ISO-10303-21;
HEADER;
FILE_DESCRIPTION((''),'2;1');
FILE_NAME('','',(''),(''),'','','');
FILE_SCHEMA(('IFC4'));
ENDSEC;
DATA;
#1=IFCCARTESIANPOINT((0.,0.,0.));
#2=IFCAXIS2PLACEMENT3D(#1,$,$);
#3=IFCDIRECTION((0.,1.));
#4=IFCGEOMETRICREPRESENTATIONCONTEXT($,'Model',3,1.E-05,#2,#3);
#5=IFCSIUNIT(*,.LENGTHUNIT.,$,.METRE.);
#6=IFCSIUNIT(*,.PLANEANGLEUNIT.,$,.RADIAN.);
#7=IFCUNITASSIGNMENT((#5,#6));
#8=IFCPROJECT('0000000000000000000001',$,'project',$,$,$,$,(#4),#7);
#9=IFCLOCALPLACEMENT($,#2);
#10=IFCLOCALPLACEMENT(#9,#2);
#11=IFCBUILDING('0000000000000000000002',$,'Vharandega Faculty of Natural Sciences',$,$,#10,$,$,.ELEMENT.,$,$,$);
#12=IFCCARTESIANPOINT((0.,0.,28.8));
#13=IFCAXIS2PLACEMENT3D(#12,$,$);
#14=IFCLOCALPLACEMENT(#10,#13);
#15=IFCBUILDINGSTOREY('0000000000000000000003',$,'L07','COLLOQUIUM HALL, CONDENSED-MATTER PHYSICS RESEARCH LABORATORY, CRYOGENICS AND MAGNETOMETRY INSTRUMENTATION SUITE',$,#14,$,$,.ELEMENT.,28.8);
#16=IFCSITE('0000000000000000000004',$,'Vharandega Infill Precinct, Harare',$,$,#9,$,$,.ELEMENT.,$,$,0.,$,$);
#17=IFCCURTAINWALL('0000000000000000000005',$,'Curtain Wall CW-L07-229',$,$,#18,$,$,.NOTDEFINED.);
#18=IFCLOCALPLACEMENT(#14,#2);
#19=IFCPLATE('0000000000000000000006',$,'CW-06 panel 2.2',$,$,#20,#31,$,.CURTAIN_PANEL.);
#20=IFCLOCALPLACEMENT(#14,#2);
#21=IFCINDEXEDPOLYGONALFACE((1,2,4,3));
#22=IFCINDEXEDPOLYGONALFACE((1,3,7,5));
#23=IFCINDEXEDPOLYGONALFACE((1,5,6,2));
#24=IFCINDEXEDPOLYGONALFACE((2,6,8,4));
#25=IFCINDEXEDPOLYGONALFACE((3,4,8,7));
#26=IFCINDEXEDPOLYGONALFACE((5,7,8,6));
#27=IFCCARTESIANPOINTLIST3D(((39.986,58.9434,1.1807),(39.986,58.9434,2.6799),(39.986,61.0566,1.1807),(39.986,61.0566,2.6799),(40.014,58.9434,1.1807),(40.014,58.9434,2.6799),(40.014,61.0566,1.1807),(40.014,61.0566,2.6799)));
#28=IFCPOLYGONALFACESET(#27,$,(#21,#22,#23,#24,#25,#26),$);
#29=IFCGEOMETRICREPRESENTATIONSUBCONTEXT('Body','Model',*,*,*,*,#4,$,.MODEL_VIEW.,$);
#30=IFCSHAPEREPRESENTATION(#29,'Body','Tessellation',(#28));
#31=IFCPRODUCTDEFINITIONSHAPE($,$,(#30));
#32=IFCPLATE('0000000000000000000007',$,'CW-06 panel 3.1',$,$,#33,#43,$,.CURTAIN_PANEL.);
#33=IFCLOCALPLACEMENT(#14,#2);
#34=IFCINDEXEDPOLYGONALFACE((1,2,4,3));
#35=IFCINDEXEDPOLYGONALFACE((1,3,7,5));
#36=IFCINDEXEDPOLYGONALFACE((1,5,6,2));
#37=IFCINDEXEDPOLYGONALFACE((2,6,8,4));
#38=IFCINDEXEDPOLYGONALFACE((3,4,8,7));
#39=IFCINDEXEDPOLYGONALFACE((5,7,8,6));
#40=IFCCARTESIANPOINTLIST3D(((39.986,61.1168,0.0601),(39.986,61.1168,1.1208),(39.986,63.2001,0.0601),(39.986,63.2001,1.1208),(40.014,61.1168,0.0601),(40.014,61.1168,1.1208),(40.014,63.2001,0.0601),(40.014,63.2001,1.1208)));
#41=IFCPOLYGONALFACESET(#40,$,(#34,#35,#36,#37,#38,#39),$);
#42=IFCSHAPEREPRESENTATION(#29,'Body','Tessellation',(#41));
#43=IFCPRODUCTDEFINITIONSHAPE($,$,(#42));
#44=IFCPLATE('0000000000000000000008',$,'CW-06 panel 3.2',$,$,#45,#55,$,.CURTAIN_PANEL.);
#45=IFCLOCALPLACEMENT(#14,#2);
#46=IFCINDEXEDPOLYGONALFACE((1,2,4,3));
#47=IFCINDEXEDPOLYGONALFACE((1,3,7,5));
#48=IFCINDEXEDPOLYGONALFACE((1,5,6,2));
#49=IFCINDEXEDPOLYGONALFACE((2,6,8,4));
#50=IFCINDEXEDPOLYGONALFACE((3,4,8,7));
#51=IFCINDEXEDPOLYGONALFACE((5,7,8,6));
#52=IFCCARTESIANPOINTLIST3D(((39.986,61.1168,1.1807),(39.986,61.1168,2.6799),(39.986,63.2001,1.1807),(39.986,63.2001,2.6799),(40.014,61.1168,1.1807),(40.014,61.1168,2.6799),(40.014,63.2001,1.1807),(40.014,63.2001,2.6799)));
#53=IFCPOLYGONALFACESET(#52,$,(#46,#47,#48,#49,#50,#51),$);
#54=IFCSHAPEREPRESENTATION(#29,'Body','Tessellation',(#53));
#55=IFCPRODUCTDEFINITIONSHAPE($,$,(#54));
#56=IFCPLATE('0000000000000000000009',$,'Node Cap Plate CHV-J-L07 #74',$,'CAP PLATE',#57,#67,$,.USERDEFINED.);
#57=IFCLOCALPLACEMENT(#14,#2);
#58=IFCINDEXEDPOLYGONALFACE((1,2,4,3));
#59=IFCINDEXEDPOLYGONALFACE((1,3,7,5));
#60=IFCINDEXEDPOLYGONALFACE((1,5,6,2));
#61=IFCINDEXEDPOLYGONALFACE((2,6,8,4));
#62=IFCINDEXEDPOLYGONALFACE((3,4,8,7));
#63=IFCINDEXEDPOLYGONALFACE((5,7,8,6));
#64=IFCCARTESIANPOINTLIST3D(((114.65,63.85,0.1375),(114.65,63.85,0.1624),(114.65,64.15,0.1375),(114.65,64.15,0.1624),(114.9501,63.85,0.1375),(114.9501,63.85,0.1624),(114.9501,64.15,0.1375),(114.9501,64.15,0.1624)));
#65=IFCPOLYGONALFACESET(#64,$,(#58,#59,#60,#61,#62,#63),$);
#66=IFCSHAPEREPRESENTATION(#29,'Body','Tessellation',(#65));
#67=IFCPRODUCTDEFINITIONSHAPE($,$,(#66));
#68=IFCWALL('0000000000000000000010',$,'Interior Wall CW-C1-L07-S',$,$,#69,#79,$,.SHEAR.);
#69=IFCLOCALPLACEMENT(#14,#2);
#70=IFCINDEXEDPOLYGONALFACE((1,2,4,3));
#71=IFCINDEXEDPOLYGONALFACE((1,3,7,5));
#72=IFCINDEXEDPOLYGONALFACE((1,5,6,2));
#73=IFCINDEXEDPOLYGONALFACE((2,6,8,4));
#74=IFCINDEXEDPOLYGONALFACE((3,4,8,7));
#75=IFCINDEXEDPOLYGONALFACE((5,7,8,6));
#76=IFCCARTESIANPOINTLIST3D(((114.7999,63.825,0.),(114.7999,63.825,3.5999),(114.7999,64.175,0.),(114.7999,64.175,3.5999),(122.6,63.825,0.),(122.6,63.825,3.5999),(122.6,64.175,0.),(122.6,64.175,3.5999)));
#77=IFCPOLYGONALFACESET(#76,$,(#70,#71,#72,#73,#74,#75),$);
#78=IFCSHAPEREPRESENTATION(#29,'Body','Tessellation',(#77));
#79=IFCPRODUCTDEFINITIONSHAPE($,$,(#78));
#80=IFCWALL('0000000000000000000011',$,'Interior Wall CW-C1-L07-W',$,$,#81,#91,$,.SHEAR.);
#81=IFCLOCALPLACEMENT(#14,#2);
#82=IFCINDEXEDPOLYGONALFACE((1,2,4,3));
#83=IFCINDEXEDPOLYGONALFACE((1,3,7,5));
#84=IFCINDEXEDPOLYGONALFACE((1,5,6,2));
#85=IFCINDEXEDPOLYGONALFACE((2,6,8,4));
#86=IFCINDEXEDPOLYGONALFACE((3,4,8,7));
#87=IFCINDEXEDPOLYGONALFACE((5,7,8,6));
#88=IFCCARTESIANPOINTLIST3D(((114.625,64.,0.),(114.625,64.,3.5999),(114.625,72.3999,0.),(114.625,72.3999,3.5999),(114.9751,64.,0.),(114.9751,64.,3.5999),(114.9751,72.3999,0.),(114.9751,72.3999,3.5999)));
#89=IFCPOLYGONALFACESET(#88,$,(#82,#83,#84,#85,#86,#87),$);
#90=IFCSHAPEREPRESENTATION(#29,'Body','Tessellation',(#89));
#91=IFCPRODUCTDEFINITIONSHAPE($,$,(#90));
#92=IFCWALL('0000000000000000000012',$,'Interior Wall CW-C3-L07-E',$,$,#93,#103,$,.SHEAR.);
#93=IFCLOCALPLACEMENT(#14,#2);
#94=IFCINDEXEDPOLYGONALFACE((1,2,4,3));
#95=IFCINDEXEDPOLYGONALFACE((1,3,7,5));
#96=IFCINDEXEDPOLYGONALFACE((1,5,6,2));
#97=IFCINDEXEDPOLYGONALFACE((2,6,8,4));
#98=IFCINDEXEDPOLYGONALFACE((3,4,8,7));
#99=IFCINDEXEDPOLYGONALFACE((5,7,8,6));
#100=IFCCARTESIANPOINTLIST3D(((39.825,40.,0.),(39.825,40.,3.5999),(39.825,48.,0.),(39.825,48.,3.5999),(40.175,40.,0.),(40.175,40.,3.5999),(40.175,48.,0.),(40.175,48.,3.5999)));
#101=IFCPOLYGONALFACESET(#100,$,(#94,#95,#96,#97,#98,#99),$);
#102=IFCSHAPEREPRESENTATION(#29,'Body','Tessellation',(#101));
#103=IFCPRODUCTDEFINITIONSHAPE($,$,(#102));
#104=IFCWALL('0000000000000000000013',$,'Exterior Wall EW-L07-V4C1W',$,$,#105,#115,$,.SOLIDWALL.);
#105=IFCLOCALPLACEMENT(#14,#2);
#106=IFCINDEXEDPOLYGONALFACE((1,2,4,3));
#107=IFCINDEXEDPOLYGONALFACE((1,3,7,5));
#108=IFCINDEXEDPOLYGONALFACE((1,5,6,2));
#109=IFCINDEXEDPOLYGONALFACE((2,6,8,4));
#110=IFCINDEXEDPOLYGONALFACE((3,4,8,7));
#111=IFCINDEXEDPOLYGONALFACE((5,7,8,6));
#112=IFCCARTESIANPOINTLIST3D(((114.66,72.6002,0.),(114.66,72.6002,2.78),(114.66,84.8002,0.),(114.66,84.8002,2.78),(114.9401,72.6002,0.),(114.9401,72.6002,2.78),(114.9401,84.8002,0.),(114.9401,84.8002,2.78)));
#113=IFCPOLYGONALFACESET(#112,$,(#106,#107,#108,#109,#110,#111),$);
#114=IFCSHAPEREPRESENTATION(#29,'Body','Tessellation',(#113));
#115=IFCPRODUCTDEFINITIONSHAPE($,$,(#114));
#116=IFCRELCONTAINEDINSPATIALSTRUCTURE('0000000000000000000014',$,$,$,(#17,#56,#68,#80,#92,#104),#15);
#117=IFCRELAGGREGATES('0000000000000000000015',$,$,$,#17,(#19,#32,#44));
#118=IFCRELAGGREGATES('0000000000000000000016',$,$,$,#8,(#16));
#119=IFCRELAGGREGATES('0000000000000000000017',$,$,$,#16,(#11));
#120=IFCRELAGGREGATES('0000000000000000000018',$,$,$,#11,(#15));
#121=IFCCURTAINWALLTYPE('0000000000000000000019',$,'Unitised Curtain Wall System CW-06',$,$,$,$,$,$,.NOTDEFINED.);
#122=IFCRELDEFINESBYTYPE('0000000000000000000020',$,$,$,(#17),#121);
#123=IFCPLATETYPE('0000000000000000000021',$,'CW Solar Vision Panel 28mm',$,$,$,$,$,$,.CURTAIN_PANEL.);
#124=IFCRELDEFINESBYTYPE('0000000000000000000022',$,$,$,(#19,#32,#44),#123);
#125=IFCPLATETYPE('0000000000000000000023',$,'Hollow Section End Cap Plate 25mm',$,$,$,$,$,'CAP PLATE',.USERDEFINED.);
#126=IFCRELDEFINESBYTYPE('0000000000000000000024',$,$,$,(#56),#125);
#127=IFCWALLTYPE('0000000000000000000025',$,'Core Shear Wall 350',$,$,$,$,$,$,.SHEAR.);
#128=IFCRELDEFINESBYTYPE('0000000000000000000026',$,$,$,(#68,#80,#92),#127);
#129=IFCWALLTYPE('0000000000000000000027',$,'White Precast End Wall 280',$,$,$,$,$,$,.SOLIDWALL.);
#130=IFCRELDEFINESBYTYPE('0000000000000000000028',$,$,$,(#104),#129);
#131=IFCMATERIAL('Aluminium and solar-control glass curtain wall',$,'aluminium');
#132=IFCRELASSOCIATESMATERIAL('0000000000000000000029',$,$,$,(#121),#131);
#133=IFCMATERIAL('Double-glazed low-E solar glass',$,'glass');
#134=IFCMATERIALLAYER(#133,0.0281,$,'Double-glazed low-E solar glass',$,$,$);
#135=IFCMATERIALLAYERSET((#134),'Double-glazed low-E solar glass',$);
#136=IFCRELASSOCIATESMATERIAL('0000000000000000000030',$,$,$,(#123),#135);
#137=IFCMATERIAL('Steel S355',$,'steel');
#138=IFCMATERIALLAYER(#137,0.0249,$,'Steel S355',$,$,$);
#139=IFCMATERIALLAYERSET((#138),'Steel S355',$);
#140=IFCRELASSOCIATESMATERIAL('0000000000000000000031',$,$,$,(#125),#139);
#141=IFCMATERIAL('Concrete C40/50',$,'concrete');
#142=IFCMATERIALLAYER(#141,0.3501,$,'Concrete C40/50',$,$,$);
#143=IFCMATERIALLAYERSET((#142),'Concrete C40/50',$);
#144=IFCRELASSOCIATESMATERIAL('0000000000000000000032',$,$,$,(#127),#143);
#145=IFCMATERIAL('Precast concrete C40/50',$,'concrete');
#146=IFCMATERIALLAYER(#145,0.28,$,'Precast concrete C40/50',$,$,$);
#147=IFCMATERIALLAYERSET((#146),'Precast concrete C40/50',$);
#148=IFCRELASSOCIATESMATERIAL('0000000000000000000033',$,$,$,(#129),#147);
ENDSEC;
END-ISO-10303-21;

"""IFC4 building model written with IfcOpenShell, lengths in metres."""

from ifc_helpers import new_model, si_unit, direction, frame, frame_2d, origin, origin_2d, place, context, subcontext, project, spatial, rectangle, extrude, material, layer, layer_set, type_object, element, aggregate, save


model = new_model("IFC4")

# Units and contexts
model_context = context("Model", 3, precision=1e-05, world=origin(), true_north=direction((0.0, 1.0)))
body_context = subcontext(model_context, "Body", "Model", "MODEL_VIEW")
ifc_project = project(units=[si_unit("LENGTHUNIT", "METRE"), si_unit("PLANEANGLEUNIT", "RADIAN")], contexts=[model_context])

# Site, building, storey
site_placement = place(None, origin())
site = spatial("IfcSite", under=ifc_project, at=site_placement, Name="Vharandega Infill Precinct, Harare", CompositionType="ELEMENT", RefElevation=0.0)
building_placement = place(site_placement, origin())
building = spatial("IfcBuilding", under=site, at=building_placement, Name="Vharandega Faculty of Natural Sciences", CompositionType="ELEMENT")
storey_placement = place(building_placement, frame((0.0, 0.0, 28.8)))
storey = spatial("IfcBuildingStorey", under=building, at=storey_placement, Name="L07", Description="COLLOQUIUM HALL, CONDENSED-MATTER PHYSICS RESEARCH LABORATORY, CRYOGENICS AND MAGNETOMETRY INSTRUMENTATION SUITE", CompositionType="ELEMENT", Elevation=28.8)

# Curtain wall
ifc_material_1 = material(Name="Aluminium and solar-control glass curtain wall", Category="aluminium")
curtain_wall_type = type_object("IfcCurtainWallType", Name="Unitised Curtain Wall System CW-06", PredefinedType="NOTDEFINED", material=ifc_material_1)
curtain_wall_placement = place(storey_placement, origin())
curtain_wall = element("IfcCurtainWall", 1, at=curtain_wall_placement, inside=storey, type_object=curtain_wall_type, Name="Curtain Wall CW-L07-229", PredefinedType="NOTDEFINED")

# Plates
ifc_material_2 = material(Name="Double-glazed low-E solar glass", Category="glass")
ifc_layer_1 = layer(ifc_material_2, 0.0281, Name="Double-glazed low-E solar glass")
ifc_layer_set_1 = layer_set([ifc_layer_1], Name="Double-glazed low-E solar glass")
plate_type_1 = type_object("IfcPlateType", Name="CW Solar Vision Panel 28mm", PredefinedType="CURTAIN_PANEL", material=ifc_layer_set_1)
plate_1_placement = place(storey_placement, frame((40.0, 60.0, 1.1807), z_axis=(0.0, 0.0, 1.0), x_axis=(0.0, 1.0, 0.0)))
plate_1 = element("IfcPlate", 2, at=plate_1_placement, type_object=plate_type_1, Name="CW-06 panel 2.2", PredefinedType="CURTAIN_PANEL", context=body_context, shape_type="SweptSolid", body=[
    extrude(rectangle(XDim=2.1133, YDim=0.0281, at=origin_2d()), origin(), (0.0, 0.0, 1.0), 1.4993),
])
plate_2_placement = place(storey_placement, frame((40.0, 62.1584, 0.0601), z_axis=(0.0, 0.0, 1.0), x_axis=(0.0, 1.0, 0.0)))
plate_2 = element("IfcPlate", 3, at=plate_2_placement, type_object=plate_type_1, Name="CW-06 panel 3.1", PredefinedType="CURTAIN_PANEL", context=body_context, shape_type="SweptSolid", body=[
    extrude(rectangle(XDim=2.0833, YDim=0.0281, at=origin_2d()), origin(), (0.0, 0.0, 1.0), 1.0608),
])
plate_3_placement = place(storey_placement, frame((40.0, 62.1584, 1.1807), z_axis=(0.0, 0.0, 1.0), x_axis=(0.0, 1.0, 0.0)))
plate_3 = element("IfcPlate", 4, at=plate_3_placement, type_object=plate_type_1, Name="CW-06 panel 3.2", PredefinedType="CURTAIN_PANEL", context=body_context, shape_type="SweptSolid", body=[
    extrude(rectangle(XDim=2.0833, YDim=0.0281, at=origin_2d()), origin(), (0.0, 0.0, 1.0), 1.4993),
])
aggregate(curtain_wall, [plate_1, plate_2, plate_3])
ifc_material_3 = material(Name="Steel S355", Category="steel")
ifc_layer_2 = layer(ifc_material_3, 0.0249, Name="Steel S355")
ifc_layer_set_2 = layer_set([ifc_layer_2], Name="Steel S355")
plate_type_2 = type_object("IfcPlateType", Name="Hollow Section End Cap Plate 25mm", ElementType="CAP PLATE", PredefinedType="USERDEFINED", material=ifc_layer_set_2)
plate_4_placement = place(storey_placement, frame((114.8, 64.0, 0.1375), z_axis=(0.0, 0.0, 1.0), x_axis=(1.0, 0.0, 0.0)))
element("IfcPlate", 5, at=plate_4_placement, inside=storey, type_object=plate_type_2, Name="Node Cap Plate CHV-J-L07 #74", ObjectType="CAP PLATE", PredefinedType="USERDEFINED", context=body_context, shape_type="SweptSolid", body=[
    extrude(rectangle(XDim=0.3, YDim=0.3, at=origin_2d()), origin(), (0.0, 0.0, 1.0), 0.0249),
])

# Walls
ifc_material_4 = material(Name="Concrete C40/50", Category="concrete")
ifc_layer_3 = layer(ifc_material_4, 0.3501, Name="Concrete C40/50")
ifc_layer_set_3 = layer_set([ifc_layer_3], Name="Concrete C40/50")
wall_type_1 = type_object("IfcWallType", Name="Core Shear Wall 350", PredefinedType="SHEAR", material=ifc_layer_set_3)
wall_1_placement = place(storey_placement, frame((114.8, 64.0, 0.0), z_axis=(0.0, 0.0, 1.0), x_axis=(1.0, 0.0, 0.0)))
element("IfcWall", 6, at=wall_1_placement, inside=storey, type_object=wall_type_1, Name="Interior Wall CW-C1-L07-S", PredefinedType="SHEAR", context=body_context, shape_type="SweptSolid", body=[
    extrude(rectangle(XDim=7.8, YDim=0.3501, at=frame_2d((3.8999, 0.0))), origin(), (0.0, 0.0, 1.0), 3.5999),
])
wall_2_placement = place(storey_placement, frame((114.8, 64.0, 0.0), z_axis=(0.0, 0.0, 1.0), x_axis=(0.0, 1.0, 0.0)))
element("IfcWall", 7, at=wall_2_placement, inside=storey, type_object=wall_type_1, Name="Interior Wall CW-C1-L07-W", PredefinedType="SHEAR", context=body_context, shape_type="SweptSolid", body=[
    extrude(rectangle(XDim=8.3999, YDim=0.3501, at=frame_2d((4.2, 0.0))), origin(), (0.0, 0.0, 1.0), 3.5999),
])
wall_3_placement = place(storey_placement, frame((40.0, 40.0, 0.0), z_axis=(0.0, 0.0, 1.0), x_axis=(0.0, 1.0, 0.0)))
element("IfcWall", 8, at=wall_3_placement, inside=storey, type_object=wall_type_1, Name="Interior Wall CW-C3-L07-E", PredefinedType="SHEAR", context=body_context, shape_type="SweptSolid", body=[
    extrude(rectangle(XDim=8.0, YDim=0.3501, at=frame_2d((4.0, 0.0))), origin(), (0.0, 0.0, 1.0), 3.5999),
])
ifc_material_5 = material(Name="Precast concrete C40/50", Category="concrete")
ifc_layer_4 = layer(ifc_material_5, 0.28, Name="Precast concrete C40/50")
ifc_layer_set_4 = layer_set([ifc_layer_4], Name="Precast concrete C40/50")
wall_type_2 = type_object("IfcWallType", Name="White Precast End Wall 280", PredefinedType="SOLIDWALL", material=ifc_layer_set_4)
wall_4_placement = place(storey_placement, frame((114.8, 72.6001, 0.0), z_axis=(0.0, 0.0, 1.0), x_axis=(0.0, 1.0, 0.0)))
element("IfcWall", 9, at=wall_4_placement, inside=storey, type_object=wall_type_2, Name="Exterior Wall EW-L07-V4C1W", PredefinedType="SOLIDWALL", context=body_context, shape_type="SweptSolid", body=[
    extrude(rectangle(XDim=12.2, YDim=0.28, at=frame_2d((6.1001, 0.0))), origin(), (0.0, 0.0, 1.0), 2.78),
])

save(model, "model.ifc")
